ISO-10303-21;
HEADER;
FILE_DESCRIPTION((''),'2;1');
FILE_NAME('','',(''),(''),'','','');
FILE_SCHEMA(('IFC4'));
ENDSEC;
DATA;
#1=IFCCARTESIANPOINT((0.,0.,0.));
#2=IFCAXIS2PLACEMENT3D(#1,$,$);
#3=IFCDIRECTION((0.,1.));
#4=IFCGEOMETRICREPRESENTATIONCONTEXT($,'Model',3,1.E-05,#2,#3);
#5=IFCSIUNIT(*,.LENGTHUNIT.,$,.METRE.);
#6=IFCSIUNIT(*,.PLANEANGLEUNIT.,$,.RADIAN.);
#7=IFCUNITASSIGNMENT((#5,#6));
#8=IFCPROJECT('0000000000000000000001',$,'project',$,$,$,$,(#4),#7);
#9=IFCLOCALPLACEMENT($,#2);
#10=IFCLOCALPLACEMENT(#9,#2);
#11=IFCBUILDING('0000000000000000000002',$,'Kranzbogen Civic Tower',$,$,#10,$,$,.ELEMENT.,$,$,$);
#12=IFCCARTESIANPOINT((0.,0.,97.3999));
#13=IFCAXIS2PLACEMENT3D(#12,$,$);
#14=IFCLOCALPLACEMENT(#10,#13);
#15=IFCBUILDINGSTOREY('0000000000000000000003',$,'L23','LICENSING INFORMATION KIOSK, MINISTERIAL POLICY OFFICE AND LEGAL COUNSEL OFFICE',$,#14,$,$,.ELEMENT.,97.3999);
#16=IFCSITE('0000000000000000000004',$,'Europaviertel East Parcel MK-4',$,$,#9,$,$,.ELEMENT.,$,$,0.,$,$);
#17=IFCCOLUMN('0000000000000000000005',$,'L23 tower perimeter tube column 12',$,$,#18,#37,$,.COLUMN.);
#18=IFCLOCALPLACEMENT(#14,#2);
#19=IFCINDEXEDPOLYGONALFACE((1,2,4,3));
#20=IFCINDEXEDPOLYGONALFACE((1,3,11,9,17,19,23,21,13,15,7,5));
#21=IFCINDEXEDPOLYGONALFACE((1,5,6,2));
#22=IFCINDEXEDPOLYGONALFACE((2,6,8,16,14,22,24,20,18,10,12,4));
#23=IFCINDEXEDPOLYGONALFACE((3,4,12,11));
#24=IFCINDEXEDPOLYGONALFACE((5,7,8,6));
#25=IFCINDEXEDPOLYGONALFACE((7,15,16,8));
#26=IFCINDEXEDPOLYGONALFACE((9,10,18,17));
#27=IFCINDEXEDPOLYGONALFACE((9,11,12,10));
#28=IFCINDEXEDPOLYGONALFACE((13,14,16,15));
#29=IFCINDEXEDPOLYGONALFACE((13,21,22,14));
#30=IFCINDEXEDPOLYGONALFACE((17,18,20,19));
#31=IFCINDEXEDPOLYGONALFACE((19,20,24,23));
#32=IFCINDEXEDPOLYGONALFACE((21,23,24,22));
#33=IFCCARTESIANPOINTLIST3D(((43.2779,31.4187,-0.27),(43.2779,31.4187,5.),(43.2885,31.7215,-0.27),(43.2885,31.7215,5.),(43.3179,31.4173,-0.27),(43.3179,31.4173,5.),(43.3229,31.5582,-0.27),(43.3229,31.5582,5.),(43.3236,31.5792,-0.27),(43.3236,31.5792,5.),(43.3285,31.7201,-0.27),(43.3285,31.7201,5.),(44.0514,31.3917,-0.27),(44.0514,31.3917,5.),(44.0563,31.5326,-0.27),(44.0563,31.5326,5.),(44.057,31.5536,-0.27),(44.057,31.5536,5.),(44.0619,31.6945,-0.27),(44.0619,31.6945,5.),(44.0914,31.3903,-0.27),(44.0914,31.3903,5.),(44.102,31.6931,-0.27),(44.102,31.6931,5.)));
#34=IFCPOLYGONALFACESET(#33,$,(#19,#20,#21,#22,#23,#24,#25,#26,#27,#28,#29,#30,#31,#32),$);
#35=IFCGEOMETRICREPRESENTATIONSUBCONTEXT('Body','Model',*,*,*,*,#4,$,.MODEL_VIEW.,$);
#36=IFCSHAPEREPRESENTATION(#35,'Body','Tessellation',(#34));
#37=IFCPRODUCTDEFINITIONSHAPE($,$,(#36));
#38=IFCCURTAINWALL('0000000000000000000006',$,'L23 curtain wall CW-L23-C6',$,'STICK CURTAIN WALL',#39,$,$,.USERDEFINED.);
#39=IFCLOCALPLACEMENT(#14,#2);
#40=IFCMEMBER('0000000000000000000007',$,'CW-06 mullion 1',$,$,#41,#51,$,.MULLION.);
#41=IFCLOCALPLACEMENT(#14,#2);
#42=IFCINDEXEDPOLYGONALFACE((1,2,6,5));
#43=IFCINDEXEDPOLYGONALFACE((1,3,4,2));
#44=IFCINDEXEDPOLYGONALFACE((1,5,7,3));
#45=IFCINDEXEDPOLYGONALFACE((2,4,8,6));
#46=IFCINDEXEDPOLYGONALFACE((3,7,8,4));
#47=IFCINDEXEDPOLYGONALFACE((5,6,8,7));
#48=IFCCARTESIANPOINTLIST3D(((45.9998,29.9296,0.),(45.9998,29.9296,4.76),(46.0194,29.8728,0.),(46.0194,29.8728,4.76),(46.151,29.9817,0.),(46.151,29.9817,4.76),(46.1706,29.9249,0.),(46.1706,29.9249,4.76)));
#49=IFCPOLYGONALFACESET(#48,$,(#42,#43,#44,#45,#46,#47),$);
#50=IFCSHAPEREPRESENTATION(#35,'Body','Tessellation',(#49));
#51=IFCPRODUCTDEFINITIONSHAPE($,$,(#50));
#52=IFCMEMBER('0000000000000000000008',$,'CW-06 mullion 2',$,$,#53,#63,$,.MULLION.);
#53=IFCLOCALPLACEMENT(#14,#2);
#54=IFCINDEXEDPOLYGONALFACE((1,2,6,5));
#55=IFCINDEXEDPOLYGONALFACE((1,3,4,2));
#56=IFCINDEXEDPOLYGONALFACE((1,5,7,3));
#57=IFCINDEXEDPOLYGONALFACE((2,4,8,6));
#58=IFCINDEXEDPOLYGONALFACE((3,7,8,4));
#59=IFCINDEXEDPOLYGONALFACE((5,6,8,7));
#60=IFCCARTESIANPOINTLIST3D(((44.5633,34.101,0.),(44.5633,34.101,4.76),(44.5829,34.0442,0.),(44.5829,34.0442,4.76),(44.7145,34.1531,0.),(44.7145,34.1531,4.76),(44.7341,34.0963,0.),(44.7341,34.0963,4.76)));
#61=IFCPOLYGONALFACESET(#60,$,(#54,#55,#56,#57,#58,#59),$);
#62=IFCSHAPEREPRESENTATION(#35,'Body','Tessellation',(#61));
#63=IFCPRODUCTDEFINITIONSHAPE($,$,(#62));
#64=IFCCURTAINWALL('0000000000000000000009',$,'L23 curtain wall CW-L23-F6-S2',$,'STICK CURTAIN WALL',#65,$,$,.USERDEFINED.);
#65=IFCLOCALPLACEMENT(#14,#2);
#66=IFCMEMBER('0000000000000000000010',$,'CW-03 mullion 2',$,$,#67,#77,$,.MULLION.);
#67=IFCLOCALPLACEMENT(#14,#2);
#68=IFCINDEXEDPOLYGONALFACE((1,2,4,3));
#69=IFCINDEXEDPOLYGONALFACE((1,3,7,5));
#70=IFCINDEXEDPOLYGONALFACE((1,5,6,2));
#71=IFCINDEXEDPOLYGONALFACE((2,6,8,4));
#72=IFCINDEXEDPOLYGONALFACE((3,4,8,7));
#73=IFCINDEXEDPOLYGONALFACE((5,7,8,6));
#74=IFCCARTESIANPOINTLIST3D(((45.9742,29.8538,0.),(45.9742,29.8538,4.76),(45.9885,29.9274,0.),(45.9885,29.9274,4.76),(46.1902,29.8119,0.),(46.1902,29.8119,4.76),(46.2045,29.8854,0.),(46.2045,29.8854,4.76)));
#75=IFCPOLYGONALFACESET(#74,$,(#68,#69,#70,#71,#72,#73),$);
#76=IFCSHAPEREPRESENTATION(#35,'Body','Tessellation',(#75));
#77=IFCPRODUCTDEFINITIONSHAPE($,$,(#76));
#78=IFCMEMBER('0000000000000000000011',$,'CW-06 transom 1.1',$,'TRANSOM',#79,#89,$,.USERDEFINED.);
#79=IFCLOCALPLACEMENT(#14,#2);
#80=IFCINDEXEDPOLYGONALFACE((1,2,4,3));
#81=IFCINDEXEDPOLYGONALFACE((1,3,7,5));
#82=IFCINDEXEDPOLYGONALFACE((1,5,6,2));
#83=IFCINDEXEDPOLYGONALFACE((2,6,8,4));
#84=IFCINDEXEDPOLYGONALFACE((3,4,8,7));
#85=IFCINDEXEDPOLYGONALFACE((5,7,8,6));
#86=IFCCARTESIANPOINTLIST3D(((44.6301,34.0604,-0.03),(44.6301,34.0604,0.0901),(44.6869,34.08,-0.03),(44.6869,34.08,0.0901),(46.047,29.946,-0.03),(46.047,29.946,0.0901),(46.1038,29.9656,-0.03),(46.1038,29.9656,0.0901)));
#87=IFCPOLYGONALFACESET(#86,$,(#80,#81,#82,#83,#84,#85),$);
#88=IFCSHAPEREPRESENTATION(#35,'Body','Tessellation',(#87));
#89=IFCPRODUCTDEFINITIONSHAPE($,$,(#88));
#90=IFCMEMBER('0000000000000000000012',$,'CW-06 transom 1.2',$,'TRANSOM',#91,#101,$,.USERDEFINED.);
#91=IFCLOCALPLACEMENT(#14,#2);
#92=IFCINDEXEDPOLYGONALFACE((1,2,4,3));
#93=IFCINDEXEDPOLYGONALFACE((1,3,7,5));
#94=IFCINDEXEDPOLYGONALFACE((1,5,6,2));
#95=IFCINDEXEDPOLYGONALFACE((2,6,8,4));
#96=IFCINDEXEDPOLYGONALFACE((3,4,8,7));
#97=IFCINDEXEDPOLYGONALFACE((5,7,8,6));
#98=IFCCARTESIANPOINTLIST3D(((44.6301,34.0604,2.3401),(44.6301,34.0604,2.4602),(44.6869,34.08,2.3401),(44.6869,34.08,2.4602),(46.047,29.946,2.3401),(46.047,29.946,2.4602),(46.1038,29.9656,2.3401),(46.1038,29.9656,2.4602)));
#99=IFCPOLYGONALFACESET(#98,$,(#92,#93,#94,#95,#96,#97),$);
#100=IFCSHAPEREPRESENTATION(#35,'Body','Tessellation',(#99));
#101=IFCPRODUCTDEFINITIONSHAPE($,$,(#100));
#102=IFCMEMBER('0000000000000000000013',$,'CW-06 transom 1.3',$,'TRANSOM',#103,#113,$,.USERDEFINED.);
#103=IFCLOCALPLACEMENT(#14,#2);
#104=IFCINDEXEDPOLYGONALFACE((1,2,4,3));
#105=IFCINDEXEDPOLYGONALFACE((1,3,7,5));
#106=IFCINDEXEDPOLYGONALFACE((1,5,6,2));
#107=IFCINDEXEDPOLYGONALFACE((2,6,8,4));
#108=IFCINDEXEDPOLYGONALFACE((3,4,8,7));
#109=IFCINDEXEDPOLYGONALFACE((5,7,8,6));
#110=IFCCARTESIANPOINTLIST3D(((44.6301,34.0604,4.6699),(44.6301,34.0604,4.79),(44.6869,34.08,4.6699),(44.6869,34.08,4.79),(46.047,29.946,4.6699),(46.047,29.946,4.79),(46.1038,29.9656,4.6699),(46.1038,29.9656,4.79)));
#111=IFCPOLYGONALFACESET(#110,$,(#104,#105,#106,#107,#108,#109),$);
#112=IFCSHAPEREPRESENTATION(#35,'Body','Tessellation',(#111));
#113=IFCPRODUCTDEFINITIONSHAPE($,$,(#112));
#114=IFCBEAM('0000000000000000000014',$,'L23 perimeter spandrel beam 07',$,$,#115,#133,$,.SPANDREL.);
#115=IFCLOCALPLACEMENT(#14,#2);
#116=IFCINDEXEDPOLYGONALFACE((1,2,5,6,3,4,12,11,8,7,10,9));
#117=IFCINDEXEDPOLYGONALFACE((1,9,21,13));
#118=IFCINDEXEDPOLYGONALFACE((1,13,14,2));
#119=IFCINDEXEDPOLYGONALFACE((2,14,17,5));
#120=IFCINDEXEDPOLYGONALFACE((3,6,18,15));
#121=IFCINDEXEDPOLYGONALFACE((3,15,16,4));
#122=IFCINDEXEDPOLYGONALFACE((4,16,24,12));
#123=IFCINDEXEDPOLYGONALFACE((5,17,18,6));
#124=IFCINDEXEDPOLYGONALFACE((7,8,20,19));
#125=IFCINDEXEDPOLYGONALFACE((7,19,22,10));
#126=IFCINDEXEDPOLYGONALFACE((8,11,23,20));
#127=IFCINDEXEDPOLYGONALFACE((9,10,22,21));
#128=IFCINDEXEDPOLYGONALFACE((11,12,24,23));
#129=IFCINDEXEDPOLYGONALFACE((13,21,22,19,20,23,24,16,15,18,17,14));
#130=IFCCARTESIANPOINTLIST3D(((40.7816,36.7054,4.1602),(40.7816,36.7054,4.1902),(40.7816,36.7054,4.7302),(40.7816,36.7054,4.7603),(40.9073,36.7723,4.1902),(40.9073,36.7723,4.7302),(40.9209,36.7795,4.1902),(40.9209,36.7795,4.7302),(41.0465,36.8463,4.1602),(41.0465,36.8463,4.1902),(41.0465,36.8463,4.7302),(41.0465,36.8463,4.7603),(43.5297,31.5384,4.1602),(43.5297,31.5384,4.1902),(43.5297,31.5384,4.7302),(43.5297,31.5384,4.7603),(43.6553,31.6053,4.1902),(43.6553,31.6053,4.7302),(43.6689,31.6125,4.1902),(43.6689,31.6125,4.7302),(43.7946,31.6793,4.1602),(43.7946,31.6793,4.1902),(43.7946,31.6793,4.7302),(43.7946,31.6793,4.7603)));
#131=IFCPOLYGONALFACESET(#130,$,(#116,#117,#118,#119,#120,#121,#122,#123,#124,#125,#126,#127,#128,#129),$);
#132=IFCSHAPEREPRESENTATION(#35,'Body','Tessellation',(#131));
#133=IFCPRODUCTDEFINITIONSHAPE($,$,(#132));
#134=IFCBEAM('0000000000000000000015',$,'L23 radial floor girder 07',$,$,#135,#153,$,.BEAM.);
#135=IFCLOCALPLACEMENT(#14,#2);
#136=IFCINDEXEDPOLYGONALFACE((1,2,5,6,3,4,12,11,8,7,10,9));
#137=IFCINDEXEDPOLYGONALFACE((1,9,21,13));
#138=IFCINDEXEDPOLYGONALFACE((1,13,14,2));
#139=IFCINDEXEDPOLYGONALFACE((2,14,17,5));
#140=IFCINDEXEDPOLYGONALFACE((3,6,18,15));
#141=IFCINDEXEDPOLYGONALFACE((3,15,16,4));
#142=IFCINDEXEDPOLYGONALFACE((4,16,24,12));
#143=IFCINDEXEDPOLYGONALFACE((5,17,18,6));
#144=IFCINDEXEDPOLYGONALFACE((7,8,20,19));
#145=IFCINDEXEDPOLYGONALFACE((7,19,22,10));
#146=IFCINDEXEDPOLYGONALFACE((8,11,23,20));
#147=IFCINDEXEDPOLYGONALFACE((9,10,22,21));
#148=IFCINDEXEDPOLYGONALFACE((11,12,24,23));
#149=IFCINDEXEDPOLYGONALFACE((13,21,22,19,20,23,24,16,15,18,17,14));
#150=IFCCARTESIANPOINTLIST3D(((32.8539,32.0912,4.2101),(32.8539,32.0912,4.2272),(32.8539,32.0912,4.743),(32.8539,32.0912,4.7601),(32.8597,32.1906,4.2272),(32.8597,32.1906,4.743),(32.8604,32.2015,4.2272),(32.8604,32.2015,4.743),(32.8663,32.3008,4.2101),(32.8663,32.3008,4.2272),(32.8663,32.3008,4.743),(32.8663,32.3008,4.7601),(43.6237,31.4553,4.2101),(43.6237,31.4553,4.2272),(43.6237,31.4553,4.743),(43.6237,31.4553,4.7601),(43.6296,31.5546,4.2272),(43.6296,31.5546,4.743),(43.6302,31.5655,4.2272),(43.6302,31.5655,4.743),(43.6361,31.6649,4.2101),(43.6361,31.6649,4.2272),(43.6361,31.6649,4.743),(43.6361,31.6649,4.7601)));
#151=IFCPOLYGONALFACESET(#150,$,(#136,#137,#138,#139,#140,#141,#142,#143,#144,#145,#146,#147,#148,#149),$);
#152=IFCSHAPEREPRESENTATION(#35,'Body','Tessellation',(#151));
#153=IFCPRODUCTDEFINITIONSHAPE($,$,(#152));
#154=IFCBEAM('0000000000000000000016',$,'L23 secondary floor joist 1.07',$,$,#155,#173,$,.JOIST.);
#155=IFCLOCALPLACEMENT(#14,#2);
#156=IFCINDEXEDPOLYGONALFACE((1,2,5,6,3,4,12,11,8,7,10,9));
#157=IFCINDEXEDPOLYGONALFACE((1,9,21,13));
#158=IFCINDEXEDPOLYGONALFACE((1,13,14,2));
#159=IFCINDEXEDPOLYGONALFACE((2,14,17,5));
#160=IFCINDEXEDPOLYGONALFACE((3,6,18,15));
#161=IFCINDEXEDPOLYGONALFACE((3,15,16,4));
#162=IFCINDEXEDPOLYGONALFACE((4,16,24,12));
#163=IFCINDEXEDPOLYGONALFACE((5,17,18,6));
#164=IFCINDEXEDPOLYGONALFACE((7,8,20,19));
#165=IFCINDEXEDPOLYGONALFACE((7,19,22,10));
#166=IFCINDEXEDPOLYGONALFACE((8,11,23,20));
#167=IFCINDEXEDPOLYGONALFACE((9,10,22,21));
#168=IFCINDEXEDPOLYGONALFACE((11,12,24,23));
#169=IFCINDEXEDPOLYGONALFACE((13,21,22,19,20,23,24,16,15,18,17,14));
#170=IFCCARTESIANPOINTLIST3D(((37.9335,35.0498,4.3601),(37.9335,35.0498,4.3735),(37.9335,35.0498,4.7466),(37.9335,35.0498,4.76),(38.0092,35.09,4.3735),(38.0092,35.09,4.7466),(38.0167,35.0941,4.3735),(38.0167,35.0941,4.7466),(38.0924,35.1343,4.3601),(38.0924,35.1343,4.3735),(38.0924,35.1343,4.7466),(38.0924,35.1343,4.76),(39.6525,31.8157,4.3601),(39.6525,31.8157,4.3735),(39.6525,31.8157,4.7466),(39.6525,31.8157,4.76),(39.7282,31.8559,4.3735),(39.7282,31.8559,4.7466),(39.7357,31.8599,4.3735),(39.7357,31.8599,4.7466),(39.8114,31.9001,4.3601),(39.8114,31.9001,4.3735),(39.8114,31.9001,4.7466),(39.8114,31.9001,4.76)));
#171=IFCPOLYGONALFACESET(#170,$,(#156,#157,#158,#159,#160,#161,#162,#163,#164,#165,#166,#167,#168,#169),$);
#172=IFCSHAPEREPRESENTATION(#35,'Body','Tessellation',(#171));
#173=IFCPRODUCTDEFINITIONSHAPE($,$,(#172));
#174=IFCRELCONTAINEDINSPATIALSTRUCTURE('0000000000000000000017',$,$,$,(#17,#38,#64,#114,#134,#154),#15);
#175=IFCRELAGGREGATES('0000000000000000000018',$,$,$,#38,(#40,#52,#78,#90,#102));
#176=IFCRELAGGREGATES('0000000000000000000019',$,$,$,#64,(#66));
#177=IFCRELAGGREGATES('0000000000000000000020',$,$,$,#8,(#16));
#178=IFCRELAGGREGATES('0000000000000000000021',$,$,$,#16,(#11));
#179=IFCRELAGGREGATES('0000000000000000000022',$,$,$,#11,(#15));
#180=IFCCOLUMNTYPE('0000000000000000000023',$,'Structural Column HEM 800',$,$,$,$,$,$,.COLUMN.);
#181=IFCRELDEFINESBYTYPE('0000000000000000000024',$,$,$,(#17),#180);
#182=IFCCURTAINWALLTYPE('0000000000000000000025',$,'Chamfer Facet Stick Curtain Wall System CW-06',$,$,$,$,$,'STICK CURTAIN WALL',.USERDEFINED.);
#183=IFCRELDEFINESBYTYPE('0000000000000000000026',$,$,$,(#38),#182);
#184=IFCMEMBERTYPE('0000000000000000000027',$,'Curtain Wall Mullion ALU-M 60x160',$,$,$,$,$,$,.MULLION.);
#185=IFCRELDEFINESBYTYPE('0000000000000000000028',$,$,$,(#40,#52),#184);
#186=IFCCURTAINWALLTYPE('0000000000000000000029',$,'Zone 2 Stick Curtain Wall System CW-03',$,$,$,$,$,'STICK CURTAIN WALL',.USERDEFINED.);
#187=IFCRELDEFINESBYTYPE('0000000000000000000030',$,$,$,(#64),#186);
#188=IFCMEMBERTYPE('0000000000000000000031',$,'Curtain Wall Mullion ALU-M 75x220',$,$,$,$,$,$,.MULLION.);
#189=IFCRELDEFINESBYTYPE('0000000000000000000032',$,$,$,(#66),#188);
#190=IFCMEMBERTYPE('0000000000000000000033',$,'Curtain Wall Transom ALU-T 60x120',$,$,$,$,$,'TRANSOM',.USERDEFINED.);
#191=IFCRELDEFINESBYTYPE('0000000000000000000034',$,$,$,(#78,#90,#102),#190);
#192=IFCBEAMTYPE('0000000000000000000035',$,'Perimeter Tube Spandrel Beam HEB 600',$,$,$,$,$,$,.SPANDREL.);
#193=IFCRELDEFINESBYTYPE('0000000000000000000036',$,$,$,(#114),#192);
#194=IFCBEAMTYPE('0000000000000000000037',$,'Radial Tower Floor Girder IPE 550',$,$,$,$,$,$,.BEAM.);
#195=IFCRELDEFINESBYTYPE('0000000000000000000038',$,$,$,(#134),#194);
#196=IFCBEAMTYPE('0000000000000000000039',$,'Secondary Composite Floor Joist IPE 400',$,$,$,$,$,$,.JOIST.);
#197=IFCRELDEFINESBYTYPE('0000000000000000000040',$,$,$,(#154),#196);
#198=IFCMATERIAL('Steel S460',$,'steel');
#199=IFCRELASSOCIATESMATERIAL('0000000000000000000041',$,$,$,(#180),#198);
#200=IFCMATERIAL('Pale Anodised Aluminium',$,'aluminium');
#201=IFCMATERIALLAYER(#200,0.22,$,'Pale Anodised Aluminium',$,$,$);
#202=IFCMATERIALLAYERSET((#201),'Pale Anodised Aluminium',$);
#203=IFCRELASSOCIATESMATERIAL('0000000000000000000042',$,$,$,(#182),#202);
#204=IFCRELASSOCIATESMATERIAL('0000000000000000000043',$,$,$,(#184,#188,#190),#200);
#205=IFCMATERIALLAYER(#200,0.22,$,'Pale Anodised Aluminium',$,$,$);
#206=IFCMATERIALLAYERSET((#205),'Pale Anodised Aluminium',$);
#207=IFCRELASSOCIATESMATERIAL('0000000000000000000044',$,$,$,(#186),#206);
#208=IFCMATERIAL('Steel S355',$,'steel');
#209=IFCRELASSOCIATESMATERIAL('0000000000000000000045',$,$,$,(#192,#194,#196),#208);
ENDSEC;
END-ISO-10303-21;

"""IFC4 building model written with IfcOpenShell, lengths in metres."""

from ifc_helpers import new_model, si_unit, direction, frame, origin, origin_2d, place, context, subcontext, project, spatial, rectangle, i_section, extrude, material, layer, layer_set, material_profile, profile_set, type_object, element, aggregate, save


model = new_model("IFC4")

# Units and contexts
model_context = context("Model", 3, precision=1e-05, world=origin(), true_north=direction((0.0, 1.0)))
body_context = subcontext(model_context, "Body", "Model", "MODEL_VIEW")
ifc_project = project(units=[si_unit("LENGTHUNIT", "METRE"), si_unit("PLANEANGLEUNIT", "RADIAN")], contexts=[model_context])

# Site, building, storey
site_placement = place(None, origin())
site = spatial("IfcSite", under=ifc_project, at=site_placement, Name="Europaviertel East Parcel MK-4", CompositionType="ELEMENT", RefElevation=0.0)
building_placement = place(site_placement, origin())
building = spatial("IfcBuilding", under=site, at=building_placement, Name="Kranzbogen Civic Tower", CompositionType="ELEMENT")
storey_placement = place(building_placement, frame((0.0, 0.0, 97.3999)))
storey = spatial("IfcBuildingStorey", under=building, at=storey_placement, Name="L23", Description="LICENSING INFORMATION KIOSK, MINISTERIAL POLICY OFFICE AND LEGAL COUNSEL OFFICE", CompositionType="ELEMENT", Elevation=97.3999)

# Column
ifc_material_1 = material(Name="Steel S460", Category="steel")
ifc_material_profile_1 = material_profile(ifc_material_1, i_section(OverallWidth=0.303, OverallDepth=0.814, WebThickness=0.021, FlangeThickness=0.04, at=origin_2d()), Name="HEM 800")
ifc_profile_set_1 = profile_set([ifc_material_profile_1], Name="Steel S460")
column_type = type_object("IfcColumnType", Name="Structural Column HEM 800", PredefinedType="COLUMN", material=ifc_profile_set_1)
column_placement = place(storey_placement, frame((43.6899, 31.5559, -0.27), z_axis=(0.0, 0.0, 1.0), x_axis=(0.034899, 0.999391, 0.0)))
element("IfcColumn", 1, at=column_placement, inside=storey, type_object=column_type, Name="L23 tower perimeter tube column 12", PredefinedType="COLUMN", context=body_context, shape_type="SweptSolid", body=[
    extrude(i_section(OverallWidth=0.303, OverallDepth=0.814, WebThickness=0.021, FlangeThickness=0.04, at=origin_2d()), origin(), (0.0, 0.0, 1.0), 5.27),
])

# Curtain wall, members
ifc_material_2 = material(Name="Pale Anodised Aluminium", Category="aluminium")
ifc_layer_1 = layer(ifc_material_2, 0.22, Name="Pale Anodised Aluminium")
ifc_layer_set_1 = layer_set([ifc_layer_1], Name="Pale Anodised Aluminium")
curtain_wall_type_1 = type_object("IfcCurtainWallType", Name="Chamfer Facet Stick Curtain Wall System CW-06", ElementType="STICK CURTAIN WALL", PredefinedType="USERDEFINED", material=ifc_layer_set_1)
curtain_wall_1_placement = place(storey_placement, origin())
curtain_wall_1 = element("IfcCurtainWall", 2, at=curtain_wall_1_placement, inside=storey, type_object=curtain_wall_type_1, Name="L23 curtain wall CW-L23-C6", ObjectType="STICK CURTAIN WALL", PredefinedType="USERDEFINED")
ifc_material_profile_2 = material_profile(ifc_material_2, rectangle(XDim=0.0601, YDim=0.1599, at=origin_2d()), Name="ALU-M 60x160")
ifc_profile_set_2 = profile_set([ifc_material_profile_2], Name="Pale Anodised Aluminium")
member_type_1 = type_object("IfcMemberType", Name="Curtain Wall Mullion ALU-M 60x160", PredefinedType="MULLION", material=ifc_profile_set_2)
member_1_placement = place(storey_placement, frame((46.0852, 29.9272, 0.0), z_axis=(0.0, 0.0, 1.0), x_axis=(-0.325605, 0.945506, 0.0)))
member_1 = element("IfcMember", 3, at=member_1_placement, type_object=member_type_1, Name="CW-06 mullion 1", PredefinedType="MULLION", context=body_context, shape_type="SweptSolid", body=[
    extrude(rectangle(XDim=0.0601, YDim=0.1599, at=origin_2d()), origin(), (0.0, 0.0, 1.0), 4.76),
])
member_2_placement = place(storey_placement, frame((44.6487, 34.0986, 0.0), z_axis=(0.0, 0.0, 1.0), x_axis=(-0.325605, 0.945506, 0.0)))
member_2 = element("IfcMember", 4, at=member_2_placement, type_object=member_type_1, Name="CW-06 mullion 2", PredefinedType="MULLION", context=body_context, shape_type="SweptSolid", body=[
    extrude(rectangle(XDim=0.0601, YDim=0.1599, at=origin_2d()), origin(), (0.0, 0.0, 1.0), 4.76),
])

# Curtain wall, member
ifc_layer_2 = layer(ifc_material_2, 0.22, Name="Pale Anodised Aluminium")
ifc_layer_set_2 = layer_set([ifc_layer_2], Name="Pale Anodised Aluminium")
curtain_wall_type_2 = type_object("IfcCurtainWallType", Name="Zone 2 Stick Curtain Wall System CW-03", ElementType="STICK CURTAIN WALL", PredefinedType="USERDEFINED", material=ifc_layer_set_2)
curtain_wall_2_placement = place(storey_placement, origin())
curtain_wall_2 = element("IfcCurtainWall", 5, at=curtain_wall_2_placement, inside=storey, type_object=curtain_wall_type_2, Name="L23 curtain wall CW-L23-F6-S2", ObjectType="STICK CURTAIN WALL", PredefinedType="USERDEFINED")
ifc_material_profile_3 = material_profile(ifc_material_2, rectangle(XDim=0.075, YDim=0.22, at=origin_2d()), Name="ALU-M 75x220")
ifc_profile_set_3 = profile_set([ifc_material_profile_3], Name="Pale Anodised Aluminium")
member_type_2 = type_object("IfcMemberType", Name="Curtain Wall Mullion ALU-M 75x220", PredefinedType="MULLION", material=ifc_profile_set_3)
member_3_placement = place(storey_placement, frame((46.0894, 29.8696, 0.0), z_axis=(0.0, 0.0, 1.0), x_axis=(0.190849, 0.981619, 0.0)))
member_3 = element("IfcMember", 6, at=member_3_placement, type_object=member_type_2, Name="CW-03 mullion 2", PredefinedType="MULLION", context=body_context, shape_type="SweptSolid", body=[
    extrude(rectangle(XDim=0.075, YDim=0.22, at=origin_2d()), origin(), (0.0, 0.0, 1.0), 4.76),
])

# Members
ifc_material_profile_4 = material_profile(ifc_material_2, rectangle(XDim=0.0601, YDim=0.1201, at=origin_2d()), Name="ALU-T 60x120")
ifc_profile_set_4 = profile_set([ifc_material_profile_4], Name="Pale Anodised Aluminium")
member_type_3 = type_object("IfcMemberType", Name="Curtain Wall Transom ALU-T 60x120", ElementType="TRANSOM", PredefinedType="USERDEFINED", material=ifc_profile_set_4)
member_4_placement = place(storey_placement, frame((46.0754, 29.9558, 0.03), z_axis=(-0.325621, 0.9455, 0.0), x_axis=(-0.9455, -0.325621, 0.0)))
member_4 = element("IfcMember", 7, at=member_4_placement, type_object=member_type_3, Name="CW-06 transom 1.1", ObjectType="TRANSOM", PredefinedType="USERDEFINED", context=body_context, shape_type="SweptSolid", body=[
    extrude(rectangle(XDim=0.0601, YDim=0.1201, at=origin_2d()), origin(), (0.0, 0.0, 1.0), 4.3516),
])
member_5_placement = place(storey_placement, frame((46.0754, 29.9558, 2.4001), z_axis=(-0.325621, 0.9455, 0.0), x_axis=(-0.9455, -0.325621, 0.0)))
member_5 = element("IfcMember", 8, at=member_5_placement, type_object=member_type_3, Name="CW-06 transom 1.2", ObjectType="TRANSOM", PredefinedType="USERDEFINED", context=body_context, shape_type="SweptSolid", body=[
    extrude(rectangle(XDim=0.0601, YDim=0.1201, at=origin_2d()), origin(), (0.0, 0.0, 1.0), 4.3516),
])
member_6_placement = place(storey_placement, frame((46.0754, 29.9558, 4.73), z_axis=(-0.325621, 0.9455, 0.0), x_axis=(-0.9455, -0.325621, 0.0)))
member_6 = element("IfcMember", 9, at=member_6_placement, type_object=member_type_3, Name="CW-06 transom 1.3", ObjectType="TRANSOM", PredefinedType="USERDEFINED", context=body_context, shape_type="SweptSolid", body=[
    extrude(rectangle(XDim=0.0601, YDim=0.1201, at=origin_2d()), origin(), (0.0, 0.0, 1.0), 4.3516),
])

# Beams
ifc_material_3 = material(Name="Steel S355", Category="steel")
ifc_material_profile_5 = material_profile(ifc_material_3, i_section(OverallWidth=0.3, OverallDepth=0.6001, WebThickness=0.0154, FlangeThickness=0.03, at=origin_2d()), Name="HEB 600")
ifc_profile_set_5 = profile_set([ifc_material_profile_5], Name="Steel S355")
beam_type_1 = type_object("IfcBeamType", Name="Perimeter Tube Spandrel Beam HEB 600", PredefinedType="SPANDREL", material=ifc_profile_set_5)
beam_1_placement = place(storey_placement, frame((43.6621, 31.6089, 4.4602), z_axis=(-0.469566, 0.882897, 0.0), x_axis=(-0.882897, -0.469566, 0.0)))
element("IfcBeam", 10, at=beam_1_placement, inside=storey, type_object=beam_type_1, Name="L23 perimeter spandrel beam 07", PredefinedType="SPANDREL", context=body_context, shape_type="SweptSolid", body=[
    extrude(i_section(OverallWidth=0.3, OverallDepth=0.6001, WebThickness=0.0154, FlangeThickness=0.03, at=origin_2d()), origin(), (0.0, 0.0, 1.0), 5.8523),
])
ifc_material_profile_6 = material_profile(ifc_material_3, i_section(OverallWidth=0.21, OverallDepth=0.55, WebThickness=0.011, FlangeThickness=0.0171, at=origin_2d()), Name="IPE 550")
ifc_profile_set_6 = profile_set([ifc_material_profile_6], Name="Steel S355")
beam_type_2 = type_object("IfcBeamType", Name="Radial Tower Floor Girder IPE 550", PredefinedType="BEAM", material=ifc_profile_set_6)
beam_2_placement = place(storey_placement, frame((43.6299, 31.5601, 4.4851), z_axis=(-0.998261, 0.05895, 0.0), x_axis=(-0.05895, -0.998261, 0.0)))
element("IfcBeam", 11, at=beam_2_placement, inside=storey, type_object=beam_type_2, Name="L23 radial floor girder 07", PredefinedType="BEAM", context=body_context, shape_type="SweptSolid", body=[
    extrude(i_section(OverallWidth=0.21, OverallDepth=0.55, WebThickness=0.011, FlangeThickness=0.0171, at=origin_2d()), origin(), (0.0, 0.0, 1.0), 10.7886),
])
ifc_material_profile_7 = material_profile(ifc_material_3, i_section(OverallWidth=0.1799, OverallDepth=0.3999, WebThickness=0.0085, FlangeThickness=0.0134, at=origin_2d()), Name="IPE 400")
ifc_profile_set_7 = profile_set([ifc_material_profile_7], Name="Steel S355")
beam_type_3 = type_object("IfcBeamType", Name="Secondary Composite Floor Joist IPE 400", PredefinedType="JOIST", material=ifc_profile_set_7)
beam_3_placement = place(storey_placement, frame((39.7319, 31.8579, 4.5601), z_axis=(-0.469339, 0.883018, 0.0), x_axis=(-0.883018, -0.469339, 0.0)))
element("IfcBeam", 12, at=beam_3_placement, inside=storey, type_object=beam_type_3, Name="L23 secondary floor joist 1.07", PredefinedType="JOIST", context=body_context, shape_type="SweptSolid", body=[
    extrude(i_section(OverallWidth=0.1799, OverallDepth=0.3999, WebThickness=0.0085, FlangeThickness=0.0134, at=origin_2d()), origin(), (0.0, 0.0, 1.0), 3.6626),
])

aggregate(curtain_wall_1, [member_1, member_2, member_4, member_5, member_6])
aggregate(curtain_wall_2, [member_3])

save(model, "model.ifc")
